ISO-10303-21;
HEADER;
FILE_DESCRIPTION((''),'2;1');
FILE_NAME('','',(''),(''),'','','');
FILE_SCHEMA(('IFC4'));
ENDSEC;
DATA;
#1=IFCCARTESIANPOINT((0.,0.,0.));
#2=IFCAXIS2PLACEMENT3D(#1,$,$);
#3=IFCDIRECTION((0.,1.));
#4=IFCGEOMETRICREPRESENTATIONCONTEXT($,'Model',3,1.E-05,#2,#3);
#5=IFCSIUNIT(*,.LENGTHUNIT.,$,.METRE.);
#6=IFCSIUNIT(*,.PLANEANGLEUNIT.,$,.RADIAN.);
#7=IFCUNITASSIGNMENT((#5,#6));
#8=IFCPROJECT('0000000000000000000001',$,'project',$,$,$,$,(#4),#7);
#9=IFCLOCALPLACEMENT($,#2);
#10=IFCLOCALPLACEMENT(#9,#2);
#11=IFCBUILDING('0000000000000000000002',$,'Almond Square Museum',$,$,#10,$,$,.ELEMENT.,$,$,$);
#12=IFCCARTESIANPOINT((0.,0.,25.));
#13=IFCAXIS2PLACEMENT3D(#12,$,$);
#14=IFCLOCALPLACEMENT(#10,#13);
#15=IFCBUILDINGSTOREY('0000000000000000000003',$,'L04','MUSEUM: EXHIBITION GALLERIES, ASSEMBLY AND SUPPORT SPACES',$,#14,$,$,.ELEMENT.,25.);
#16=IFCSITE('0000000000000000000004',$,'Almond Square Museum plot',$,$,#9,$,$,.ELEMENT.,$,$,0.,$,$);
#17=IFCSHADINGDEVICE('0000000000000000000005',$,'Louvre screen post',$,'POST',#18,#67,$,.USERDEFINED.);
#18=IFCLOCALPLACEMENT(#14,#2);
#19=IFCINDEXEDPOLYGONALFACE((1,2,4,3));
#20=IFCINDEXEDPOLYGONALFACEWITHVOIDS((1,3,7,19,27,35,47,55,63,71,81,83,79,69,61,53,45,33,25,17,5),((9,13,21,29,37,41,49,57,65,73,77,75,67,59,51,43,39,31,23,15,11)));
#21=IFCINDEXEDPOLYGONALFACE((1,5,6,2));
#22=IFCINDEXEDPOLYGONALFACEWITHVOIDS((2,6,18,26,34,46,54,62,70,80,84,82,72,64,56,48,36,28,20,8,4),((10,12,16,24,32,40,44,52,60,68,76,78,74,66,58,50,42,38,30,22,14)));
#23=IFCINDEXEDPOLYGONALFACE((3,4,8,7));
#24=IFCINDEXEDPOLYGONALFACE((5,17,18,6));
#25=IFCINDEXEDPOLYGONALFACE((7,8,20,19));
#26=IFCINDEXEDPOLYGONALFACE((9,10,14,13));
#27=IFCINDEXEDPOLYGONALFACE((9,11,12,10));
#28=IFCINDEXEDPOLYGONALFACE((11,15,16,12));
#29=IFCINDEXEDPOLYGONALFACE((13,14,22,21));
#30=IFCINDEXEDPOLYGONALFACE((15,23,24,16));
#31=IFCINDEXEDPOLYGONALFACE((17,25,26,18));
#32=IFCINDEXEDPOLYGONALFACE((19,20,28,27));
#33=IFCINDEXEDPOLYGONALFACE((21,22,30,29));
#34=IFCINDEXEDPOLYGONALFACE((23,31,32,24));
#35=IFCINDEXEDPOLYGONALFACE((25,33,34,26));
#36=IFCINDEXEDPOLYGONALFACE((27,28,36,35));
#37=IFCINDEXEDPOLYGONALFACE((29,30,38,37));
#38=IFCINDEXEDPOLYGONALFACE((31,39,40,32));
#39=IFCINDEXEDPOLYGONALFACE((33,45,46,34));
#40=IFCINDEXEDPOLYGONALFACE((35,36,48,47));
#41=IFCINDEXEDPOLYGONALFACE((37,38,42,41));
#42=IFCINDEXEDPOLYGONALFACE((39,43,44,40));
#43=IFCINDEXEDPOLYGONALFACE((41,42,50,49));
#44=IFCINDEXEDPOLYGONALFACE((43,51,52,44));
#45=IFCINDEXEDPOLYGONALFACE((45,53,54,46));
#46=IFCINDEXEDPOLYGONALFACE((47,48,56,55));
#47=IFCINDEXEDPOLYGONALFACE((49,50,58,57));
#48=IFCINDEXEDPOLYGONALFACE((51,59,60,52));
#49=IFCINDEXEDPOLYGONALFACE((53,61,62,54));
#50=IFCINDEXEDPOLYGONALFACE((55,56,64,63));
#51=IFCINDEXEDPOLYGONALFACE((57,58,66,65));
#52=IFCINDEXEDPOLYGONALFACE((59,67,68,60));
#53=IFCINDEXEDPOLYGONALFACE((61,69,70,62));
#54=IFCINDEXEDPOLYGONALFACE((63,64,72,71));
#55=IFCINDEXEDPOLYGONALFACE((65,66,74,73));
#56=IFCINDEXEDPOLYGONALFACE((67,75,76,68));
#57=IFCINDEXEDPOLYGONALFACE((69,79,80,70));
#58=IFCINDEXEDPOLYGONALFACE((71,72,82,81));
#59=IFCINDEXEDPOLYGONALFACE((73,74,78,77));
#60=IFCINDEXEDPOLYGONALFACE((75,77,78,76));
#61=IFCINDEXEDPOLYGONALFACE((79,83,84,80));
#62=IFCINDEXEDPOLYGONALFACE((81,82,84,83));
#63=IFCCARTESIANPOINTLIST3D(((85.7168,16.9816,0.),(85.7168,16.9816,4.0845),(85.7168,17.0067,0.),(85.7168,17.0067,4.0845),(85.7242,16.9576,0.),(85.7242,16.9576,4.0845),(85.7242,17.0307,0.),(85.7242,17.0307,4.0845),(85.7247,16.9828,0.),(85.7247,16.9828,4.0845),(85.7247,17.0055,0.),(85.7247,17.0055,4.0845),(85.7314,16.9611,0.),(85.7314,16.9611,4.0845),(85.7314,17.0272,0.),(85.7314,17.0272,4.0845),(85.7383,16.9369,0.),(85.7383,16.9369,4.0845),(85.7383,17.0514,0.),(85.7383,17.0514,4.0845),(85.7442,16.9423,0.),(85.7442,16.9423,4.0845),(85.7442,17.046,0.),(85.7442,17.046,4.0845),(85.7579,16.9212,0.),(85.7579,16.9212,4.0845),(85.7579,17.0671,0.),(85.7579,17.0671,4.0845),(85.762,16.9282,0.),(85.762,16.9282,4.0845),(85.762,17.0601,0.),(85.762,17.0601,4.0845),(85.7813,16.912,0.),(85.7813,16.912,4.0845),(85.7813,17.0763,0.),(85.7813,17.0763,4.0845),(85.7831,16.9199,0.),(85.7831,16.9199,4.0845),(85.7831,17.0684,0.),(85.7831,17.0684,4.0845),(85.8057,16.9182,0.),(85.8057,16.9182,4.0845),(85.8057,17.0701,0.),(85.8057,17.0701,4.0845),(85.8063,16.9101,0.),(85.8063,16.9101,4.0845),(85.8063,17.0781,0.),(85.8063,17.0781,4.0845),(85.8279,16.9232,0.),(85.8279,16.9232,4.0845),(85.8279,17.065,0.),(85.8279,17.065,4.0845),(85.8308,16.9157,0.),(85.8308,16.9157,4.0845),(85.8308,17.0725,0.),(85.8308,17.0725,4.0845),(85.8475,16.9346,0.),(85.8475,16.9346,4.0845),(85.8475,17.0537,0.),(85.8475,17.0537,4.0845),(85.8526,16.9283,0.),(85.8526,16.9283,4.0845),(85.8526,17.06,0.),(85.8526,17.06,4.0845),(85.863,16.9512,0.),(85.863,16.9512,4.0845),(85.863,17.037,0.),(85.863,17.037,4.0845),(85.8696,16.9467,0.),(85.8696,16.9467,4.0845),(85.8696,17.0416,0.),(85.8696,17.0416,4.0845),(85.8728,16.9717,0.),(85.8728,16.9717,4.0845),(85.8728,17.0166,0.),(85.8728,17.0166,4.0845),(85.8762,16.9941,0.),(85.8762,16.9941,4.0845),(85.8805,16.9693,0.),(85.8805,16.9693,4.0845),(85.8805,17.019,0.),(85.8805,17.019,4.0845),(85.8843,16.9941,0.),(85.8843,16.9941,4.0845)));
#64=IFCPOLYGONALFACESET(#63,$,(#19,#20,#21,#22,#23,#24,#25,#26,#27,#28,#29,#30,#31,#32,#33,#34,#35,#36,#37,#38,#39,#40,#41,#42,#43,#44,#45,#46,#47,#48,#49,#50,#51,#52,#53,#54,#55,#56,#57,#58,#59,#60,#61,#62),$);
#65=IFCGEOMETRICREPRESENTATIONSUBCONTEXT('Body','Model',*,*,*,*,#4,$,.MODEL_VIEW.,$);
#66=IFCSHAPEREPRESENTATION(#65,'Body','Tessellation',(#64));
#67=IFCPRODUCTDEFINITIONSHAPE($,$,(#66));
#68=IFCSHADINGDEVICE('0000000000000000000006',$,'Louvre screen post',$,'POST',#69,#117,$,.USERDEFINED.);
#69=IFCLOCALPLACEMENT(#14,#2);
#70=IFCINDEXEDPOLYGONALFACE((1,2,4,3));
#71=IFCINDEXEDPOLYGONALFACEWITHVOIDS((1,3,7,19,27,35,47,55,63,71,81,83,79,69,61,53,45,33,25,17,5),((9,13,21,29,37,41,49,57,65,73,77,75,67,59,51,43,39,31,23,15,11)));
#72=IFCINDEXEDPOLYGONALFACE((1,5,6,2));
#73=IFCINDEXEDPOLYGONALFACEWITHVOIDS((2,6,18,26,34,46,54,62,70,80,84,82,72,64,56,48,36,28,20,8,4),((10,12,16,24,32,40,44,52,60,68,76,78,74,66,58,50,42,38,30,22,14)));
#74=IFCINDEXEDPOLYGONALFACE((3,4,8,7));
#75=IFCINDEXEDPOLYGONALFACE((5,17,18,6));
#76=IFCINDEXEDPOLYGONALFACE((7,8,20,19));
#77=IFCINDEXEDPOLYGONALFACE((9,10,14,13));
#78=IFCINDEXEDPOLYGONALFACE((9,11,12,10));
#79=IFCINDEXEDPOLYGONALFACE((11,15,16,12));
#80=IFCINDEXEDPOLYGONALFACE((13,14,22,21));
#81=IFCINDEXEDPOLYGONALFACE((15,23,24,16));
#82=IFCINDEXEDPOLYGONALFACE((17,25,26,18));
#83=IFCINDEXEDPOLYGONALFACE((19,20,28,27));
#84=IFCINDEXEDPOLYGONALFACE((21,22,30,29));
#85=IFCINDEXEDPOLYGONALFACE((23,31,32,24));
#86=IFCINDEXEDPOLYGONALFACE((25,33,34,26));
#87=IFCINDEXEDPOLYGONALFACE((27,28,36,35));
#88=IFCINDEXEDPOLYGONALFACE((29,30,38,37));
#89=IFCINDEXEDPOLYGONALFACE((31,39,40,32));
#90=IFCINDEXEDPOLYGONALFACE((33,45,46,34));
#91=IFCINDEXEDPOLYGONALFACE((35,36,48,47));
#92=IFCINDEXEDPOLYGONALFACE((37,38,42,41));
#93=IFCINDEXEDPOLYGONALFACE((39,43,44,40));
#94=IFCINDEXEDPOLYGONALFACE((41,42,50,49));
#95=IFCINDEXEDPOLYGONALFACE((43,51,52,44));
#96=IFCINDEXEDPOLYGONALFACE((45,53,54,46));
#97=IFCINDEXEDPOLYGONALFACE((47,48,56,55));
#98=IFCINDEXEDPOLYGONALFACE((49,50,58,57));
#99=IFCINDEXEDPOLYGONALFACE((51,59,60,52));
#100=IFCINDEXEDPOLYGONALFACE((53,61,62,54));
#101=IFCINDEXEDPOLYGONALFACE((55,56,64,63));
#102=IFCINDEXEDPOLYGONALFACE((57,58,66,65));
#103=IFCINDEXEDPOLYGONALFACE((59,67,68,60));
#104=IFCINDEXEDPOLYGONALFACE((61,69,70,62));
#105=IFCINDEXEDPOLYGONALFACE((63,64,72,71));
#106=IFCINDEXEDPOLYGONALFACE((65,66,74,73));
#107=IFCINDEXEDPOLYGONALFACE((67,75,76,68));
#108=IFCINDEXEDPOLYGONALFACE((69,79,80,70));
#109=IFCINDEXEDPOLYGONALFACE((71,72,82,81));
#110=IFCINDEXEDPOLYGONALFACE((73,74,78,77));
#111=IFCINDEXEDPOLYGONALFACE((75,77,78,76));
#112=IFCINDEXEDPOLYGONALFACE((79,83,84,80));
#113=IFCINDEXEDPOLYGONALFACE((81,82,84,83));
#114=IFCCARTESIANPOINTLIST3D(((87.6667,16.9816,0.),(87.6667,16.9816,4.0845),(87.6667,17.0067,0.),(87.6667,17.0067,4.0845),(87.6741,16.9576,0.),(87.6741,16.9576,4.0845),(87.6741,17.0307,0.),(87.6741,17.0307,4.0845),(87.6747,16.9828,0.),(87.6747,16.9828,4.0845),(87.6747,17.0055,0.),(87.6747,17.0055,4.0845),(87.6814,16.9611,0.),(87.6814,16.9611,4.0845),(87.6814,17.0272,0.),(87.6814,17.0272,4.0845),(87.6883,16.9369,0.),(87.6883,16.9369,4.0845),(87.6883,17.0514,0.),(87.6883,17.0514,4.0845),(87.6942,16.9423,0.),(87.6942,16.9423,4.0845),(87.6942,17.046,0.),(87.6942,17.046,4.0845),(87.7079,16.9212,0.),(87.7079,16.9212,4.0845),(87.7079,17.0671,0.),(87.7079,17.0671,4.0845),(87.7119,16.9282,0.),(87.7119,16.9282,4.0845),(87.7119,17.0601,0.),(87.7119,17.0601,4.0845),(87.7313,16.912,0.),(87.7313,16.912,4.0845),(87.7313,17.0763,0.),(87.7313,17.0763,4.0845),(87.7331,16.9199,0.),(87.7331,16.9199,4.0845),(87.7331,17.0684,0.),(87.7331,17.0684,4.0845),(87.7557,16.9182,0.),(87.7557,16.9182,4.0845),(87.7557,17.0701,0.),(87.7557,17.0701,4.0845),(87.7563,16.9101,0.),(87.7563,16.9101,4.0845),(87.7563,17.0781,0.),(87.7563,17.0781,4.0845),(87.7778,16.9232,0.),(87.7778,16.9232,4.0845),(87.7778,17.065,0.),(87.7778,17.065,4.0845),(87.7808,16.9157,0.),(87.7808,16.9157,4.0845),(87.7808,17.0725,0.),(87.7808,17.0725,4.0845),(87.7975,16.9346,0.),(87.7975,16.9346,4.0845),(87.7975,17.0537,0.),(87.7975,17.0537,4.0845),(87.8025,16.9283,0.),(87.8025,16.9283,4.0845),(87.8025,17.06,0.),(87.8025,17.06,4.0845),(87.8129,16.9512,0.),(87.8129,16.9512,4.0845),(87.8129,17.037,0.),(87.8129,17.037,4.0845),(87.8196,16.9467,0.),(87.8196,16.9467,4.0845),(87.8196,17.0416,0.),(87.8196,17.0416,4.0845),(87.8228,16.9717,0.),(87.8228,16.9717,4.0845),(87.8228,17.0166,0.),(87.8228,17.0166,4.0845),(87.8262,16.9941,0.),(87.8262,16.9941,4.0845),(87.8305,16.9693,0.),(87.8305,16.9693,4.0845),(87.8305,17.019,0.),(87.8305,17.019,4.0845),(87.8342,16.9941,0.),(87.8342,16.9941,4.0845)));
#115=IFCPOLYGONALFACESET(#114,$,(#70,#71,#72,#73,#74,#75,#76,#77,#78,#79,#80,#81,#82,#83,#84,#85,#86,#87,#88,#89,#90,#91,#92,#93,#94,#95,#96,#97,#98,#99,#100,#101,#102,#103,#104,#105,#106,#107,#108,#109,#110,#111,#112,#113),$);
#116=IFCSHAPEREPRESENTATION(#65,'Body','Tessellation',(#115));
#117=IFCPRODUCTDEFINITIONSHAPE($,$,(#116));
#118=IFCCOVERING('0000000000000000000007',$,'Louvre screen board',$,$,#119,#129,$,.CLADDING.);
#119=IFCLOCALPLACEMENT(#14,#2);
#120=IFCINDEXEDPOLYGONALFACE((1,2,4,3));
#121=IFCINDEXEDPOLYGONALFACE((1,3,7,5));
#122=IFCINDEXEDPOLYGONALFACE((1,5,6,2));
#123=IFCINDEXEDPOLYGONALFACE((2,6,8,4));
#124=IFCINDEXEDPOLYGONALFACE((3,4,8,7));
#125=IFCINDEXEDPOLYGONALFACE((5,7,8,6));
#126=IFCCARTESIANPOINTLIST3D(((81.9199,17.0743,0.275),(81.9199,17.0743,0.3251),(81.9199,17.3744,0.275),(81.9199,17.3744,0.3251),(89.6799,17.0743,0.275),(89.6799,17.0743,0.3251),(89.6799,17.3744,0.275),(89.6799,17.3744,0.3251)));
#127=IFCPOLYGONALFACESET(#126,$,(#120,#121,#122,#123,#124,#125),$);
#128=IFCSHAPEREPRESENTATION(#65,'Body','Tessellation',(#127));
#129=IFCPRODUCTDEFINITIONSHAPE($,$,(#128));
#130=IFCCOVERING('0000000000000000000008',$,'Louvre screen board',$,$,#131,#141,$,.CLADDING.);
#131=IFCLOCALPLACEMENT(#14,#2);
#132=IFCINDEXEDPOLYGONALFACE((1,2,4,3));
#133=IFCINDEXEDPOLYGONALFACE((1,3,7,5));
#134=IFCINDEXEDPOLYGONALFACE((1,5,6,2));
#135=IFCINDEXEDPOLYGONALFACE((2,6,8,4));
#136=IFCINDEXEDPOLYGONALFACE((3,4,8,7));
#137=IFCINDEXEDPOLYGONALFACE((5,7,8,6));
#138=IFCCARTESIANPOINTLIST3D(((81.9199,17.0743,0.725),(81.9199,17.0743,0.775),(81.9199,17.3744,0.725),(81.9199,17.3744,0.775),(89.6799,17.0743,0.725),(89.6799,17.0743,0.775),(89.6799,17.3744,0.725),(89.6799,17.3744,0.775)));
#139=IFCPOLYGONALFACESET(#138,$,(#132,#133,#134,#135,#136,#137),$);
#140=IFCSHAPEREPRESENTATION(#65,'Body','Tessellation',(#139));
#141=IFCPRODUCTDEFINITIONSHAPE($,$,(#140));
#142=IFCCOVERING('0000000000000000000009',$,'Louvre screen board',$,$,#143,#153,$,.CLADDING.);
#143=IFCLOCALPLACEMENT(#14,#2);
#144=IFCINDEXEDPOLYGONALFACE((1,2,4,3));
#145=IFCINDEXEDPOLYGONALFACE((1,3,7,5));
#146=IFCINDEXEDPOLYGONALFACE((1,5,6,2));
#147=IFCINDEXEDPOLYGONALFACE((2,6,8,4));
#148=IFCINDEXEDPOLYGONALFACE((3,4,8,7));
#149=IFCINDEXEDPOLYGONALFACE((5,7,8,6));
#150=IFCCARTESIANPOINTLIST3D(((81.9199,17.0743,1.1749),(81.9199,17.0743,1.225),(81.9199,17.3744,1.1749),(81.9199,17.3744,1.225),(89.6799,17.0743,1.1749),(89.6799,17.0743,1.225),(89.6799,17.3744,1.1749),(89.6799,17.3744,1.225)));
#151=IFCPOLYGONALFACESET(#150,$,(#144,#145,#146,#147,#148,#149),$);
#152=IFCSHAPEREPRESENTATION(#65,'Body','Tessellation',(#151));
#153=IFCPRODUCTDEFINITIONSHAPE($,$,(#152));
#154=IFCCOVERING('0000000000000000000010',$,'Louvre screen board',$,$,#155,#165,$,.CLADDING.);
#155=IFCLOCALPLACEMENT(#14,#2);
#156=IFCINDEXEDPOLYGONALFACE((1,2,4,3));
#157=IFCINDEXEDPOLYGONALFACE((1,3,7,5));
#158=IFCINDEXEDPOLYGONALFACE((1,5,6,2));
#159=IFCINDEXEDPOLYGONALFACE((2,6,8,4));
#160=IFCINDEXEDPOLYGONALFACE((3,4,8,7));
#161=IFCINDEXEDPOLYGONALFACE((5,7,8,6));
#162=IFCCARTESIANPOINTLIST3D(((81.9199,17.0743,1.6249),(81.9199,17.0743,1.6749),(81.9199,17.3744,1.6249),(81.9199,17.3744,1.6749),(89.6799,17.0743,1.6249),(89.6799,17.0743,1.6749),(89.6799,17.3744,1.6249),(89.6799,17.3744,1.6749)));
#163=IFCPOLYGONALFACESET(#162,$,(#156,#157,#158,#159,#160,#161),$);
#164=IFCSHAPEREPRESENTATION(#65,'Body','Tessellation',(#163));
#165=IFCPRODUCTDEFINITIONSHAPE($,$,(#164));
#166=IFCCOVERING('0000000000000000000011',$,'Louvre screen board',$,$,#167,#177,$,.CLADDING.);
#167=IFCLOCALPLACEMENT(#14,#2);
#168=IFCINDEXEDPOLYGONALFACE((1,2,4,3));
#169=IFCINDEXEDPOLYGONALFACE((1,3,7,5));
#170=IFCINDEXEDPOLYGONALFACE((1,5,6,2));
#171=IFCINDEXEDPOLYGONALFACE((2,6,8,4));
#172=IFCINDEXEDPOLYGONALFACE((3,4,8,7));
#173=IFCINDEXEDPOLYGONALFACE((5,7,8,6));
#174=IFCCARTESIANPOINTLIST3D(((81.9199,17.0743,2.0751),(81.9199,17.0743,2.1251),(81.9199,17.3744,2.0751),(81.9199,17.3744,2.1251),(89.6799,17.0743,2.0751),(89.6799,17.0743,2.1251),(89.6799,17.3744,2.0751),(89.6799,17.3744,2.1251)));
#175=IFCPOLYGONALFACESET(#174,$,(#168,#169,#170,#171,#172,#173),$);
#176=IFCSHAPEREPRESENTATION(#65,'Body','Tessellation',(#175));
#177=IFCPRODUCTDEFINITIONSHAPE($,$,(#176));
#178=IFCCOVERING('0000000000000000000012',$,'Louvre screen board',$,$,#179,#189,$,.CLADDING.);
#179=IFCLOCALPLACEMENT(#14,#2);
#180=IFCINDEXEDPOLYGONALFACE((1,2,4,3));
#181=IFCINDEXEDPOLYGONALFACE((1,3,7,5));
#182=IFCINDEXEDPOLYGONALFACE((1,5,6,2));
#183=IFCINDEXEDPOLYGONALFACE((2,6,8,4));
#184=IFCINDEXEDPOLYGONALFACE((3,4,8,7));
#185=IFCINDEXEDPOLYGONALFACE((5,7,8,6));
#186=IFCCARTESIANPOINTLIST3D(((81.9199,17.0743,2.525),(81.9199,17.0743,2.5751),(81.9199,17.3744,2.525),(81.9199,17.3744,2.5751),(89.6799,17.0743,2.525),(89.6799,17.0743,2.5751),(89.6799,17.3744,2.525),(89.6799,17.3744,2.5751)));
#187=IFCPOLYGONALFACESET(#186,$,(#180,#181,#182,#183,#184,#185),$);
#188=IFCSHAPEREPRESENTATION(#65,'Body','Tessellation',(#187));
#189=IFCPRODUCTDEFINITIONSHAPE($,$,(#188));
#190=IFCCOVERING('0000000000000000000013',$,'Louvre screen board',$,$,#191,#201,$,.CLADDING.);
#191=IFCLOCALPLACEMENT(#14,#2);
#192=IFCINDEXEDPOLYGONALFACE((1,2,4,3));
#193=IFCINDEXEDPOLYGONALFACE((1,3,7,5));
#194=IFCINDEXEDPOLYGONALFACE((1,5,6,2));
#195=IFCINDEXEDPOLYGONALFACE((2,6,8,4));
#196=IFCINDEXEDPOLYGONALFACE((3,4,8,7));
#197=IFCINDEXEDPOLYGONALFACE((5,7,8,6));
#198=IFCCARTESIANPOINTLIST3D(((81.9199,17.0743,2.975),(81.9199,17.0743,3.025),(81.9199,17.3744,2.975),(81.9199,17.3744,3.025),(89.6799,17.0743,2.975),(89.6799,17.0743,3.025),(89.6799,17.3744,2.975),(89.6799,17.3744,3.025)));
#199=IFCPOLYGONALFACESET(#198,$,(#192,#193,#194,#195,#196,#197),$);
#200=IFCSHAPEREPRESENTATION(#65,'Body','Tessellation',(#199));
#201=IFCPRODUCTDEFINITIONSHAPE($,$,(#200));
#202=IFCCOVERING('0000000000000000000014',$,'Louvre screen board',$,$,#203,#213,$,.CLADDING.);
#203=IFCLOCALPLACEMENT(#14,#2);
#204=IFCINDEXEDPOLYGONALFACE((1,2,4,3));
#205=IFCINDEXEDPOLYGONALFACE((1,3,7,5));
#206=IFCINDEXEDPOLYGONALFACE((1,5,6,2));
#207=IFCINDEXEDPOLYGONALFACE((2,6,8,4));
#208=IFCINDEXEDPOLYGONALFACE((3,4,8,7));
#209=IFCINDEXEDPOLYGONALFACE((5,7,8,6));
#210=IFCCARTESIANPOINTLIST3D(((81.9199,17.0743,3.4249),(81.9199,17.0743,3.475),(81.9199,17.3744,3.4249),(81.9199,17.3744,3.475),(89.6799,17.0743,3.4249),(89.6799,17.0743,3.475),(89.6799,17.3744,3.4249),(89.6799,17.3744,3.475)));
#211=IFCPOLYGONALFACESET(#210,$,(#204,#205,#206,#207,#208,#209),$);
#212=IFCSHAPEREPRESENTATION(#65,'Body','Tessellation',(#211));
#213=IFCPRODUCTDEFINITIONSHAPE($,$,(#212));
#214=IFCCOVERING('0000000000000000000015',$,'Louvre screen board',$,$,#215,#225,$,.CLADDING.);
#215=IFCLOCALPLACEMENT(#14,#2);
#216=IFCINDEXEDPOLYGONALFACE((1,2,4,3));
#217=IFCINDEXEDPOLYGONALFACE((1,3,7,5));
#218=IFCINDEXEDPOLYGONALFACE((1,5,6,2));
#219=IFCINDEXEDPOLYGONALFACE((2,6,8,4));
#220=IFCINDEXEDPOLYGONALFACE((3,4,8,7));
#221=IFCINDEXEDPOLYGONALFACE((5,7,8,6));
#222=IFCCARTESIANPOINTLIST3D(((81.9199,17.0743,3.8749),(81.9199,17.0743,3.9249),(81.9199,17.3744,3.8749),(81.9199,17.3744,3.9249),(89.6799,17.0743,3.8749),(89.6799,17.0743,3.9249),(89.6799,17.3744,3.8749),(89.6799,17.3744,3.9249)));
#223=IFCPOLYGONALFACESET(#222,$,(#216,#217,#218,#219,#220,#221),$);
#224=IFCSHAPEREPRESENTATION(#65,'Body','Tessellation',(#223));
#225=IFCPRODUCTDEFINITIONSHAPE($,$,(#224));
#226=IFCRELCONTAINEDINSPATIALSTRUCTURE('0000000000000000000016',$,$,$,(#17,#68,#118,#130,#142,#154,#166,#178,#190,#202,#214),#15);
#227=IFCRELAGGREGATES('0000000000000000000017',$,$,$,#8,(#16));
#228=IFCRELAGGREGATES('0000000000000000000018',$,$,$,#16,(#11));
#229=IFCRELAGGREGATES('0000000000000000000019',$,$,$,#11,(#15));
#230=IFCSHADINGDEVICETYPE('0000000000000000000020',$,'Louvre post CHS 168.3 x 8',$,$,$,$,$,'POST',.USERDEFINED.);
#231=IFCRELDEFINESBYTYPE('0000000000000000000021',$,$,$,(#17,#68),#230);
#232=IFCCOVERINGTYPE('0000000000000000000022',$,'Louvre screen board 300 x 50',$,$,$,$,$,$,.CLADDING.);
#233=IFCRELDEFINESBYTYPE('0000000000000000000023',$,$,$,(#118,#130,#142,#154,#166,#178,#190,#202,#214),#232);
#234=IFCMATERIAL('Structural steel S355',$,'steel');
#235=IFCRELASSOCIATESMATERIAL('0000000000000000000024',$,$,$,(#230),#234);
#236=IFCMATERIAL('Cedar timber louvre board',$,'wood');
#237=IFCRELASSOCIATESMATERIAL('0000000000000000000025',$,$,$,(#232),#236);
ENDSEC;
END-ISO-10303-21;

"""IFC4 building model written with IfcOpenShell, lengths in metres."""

from ifc_helpers import new_model, si_unit, direction, frame, origin, origin_2d, place, context, subcontext, project, spatial, rectangle, hollow_circle, extrude, material, material_profile, profile_set, type_object, element, save


model = new_model("IFC4")

# Units and contexts
model_context = context("Model", 3, precision=1e-05, world=origin(), true_north=direction((0.0, 1.0)))
body_context = subcontext(model_context, "Body", "Model", "MODEL_VIEW")
ifc_project = project(units=[si_unit("LENGTHUNIT", "METRE"), si_unit("PLANEANGLEUNIT", "RADIAN")], contexts=[model_context])

# Site, building, storey
site_placement = place(None, origin())
site = spatial("IfcSite", under=ifc_project, at=site_placement, Name="Almond Square Museum plot", CompositionType="ELEMENT", RefElevation=0.0)
building_placement = place(site_placement, origin())
building = spatial("IfcBuilding", under=site, at=building_placement, Name="Almond Square Museum", CompositionType="ELEMENT")
storey_placement = place(building_placement, frame((0.0, 0.0, 25.0)))
storey = spatial("IfcBuildingStorey", under=building, at=storey_placement, Name="L04", Description="MUSEUM: EXHIBITION GALLERIES, ASSEMBLY AND SUPPORT SPACES", CompositionType="ELEMENT", Elevation=25.0)

# Shading devices
ifc_material_1 = material(Name="Structural steel S355", Category="steel")
ifc_material_profile_1 = material_profile(ifc_material_1, hollow_circle(Radius=0.0842, WallThickness=0.0081, at=origin_2d()))
ifc_profile_set_1 = profile_set([ifc_material_profile_1], Name="Structural steel S355")
shading_device_type_1 = type_object("IfcShadingDeviceType", Name="Louvre post CHS 168.3 x 8", ElementType="POST", PredefinedType="USERDEFINED", material=ifc_profile_set_1)
for number, where, z_axis, x_axis, name in (
    (1, (85.8, 16.9941, 0.0), (0.0, 0.0, 1.0), (1.0, 0.0, 0.0), "Louvre screen post"),
    (2, (87.75, 16.9941, 0.0), (0.0, 0.0, 1.0), (1.0, 0.0, 0.0), "Louvre screen post"),
):
    element("IfcShadingDevice", number, at=place(storey_placement, frame(where, z_axis=z_axis, x_axis=x_axis)), inside=storey, type_object=shading_device_type_1, Name=name, ObjectType="POST", PredefinedType="USERDEFINED", context=body_context, shape_type="SweptSolid", body=[
        extrude(hollow_circle(Radius=0.0842, WallThickness=0.0081, at=origin_2d()), origin(), (0.0, 0.0, 1.0), 4.0845),
    ])

# Coverings
ifc_material_2 = material(Name="Cedar timber louvre board", Category="wood")
ifc_material_profile_2 = material_profile(ifc_material_2, rectangle(XDim=0.3, YDim=0.05, at=origin_2d()))
ifc_profile_set_2 = profile_set([ifc_material_profile_2], Name="Cedar timber louvre board")
covering_type = type_object("IfcCoveringType", Name="Louvre screen board 300 x 50", PredefinedType="CLADDING", material=ifc_profile_set_2)
for number, where, z_axis, x_axis, name in (
    (3, (81.9199, 17.2244, 0.3), (1.0, 0.0, 0.0), (0.0, 1.0, 0.0), "Louvre screen board"),
    (4, (81.9199, 17.2244, 0.75), (1.0, 0.0, 0.0), (0.0, 1.0, 0.0), "Louvre screen board"),
    (5, (81.9199, 17.2244, 1.2), (1.0, 0.0, 0.0), (0.0, 1.0, 0.0), "Louvre screen board"),
    (6, (81.9199, 17.2244, 1.6499), (1.0, 0.0, 0.0), (0.0, 1.0, 0.0), "Louvre screen board"),
    (7, (81.9199, 17.2244, 2.1001), (1.0, 0.0, 0.0), (0.0, 1.0, 0.0), "Louvre screen board"),
    (8, (81.9199, 17.2244, 2.55), (1.0, 0.0, 0.0), (0.0, 1.0, 0.0), "Louvre screen board"),
    (9, (81.9199, 17.2244, 3.0), (1.0, 0.0, 0.0), (0.0, 1.0, 0.0), "Louvre screen board"),
    (10, (81.9199, 17.2244, 3.45), (1.0, 0.0, 0.0), (0.0, 1.0, 0.0), "Louvre screen board"),
    (11, (81.9199, 17.2244, 3.8999), (1.0, 0.0, 0.0), (0.0, 1.0, 0.0), "Louvre screen board"),
):
    element("IfcCovering", number, at=place(storey_placement, frame(where, z_axis=z_axis, x_axis=x_axis)), inside=storey, type_object=covering_type, Name=name, PredefinedType="CLADDING", context=body_context, shape_type="SweptSolid", body=[
        extrude(rectangle(XDim=0.3, YDim=0.05, at=origin_2d()), origin(), (0.0, 0.0, 1.0), 7.76),
    ])

save(model, "model.ifc")
